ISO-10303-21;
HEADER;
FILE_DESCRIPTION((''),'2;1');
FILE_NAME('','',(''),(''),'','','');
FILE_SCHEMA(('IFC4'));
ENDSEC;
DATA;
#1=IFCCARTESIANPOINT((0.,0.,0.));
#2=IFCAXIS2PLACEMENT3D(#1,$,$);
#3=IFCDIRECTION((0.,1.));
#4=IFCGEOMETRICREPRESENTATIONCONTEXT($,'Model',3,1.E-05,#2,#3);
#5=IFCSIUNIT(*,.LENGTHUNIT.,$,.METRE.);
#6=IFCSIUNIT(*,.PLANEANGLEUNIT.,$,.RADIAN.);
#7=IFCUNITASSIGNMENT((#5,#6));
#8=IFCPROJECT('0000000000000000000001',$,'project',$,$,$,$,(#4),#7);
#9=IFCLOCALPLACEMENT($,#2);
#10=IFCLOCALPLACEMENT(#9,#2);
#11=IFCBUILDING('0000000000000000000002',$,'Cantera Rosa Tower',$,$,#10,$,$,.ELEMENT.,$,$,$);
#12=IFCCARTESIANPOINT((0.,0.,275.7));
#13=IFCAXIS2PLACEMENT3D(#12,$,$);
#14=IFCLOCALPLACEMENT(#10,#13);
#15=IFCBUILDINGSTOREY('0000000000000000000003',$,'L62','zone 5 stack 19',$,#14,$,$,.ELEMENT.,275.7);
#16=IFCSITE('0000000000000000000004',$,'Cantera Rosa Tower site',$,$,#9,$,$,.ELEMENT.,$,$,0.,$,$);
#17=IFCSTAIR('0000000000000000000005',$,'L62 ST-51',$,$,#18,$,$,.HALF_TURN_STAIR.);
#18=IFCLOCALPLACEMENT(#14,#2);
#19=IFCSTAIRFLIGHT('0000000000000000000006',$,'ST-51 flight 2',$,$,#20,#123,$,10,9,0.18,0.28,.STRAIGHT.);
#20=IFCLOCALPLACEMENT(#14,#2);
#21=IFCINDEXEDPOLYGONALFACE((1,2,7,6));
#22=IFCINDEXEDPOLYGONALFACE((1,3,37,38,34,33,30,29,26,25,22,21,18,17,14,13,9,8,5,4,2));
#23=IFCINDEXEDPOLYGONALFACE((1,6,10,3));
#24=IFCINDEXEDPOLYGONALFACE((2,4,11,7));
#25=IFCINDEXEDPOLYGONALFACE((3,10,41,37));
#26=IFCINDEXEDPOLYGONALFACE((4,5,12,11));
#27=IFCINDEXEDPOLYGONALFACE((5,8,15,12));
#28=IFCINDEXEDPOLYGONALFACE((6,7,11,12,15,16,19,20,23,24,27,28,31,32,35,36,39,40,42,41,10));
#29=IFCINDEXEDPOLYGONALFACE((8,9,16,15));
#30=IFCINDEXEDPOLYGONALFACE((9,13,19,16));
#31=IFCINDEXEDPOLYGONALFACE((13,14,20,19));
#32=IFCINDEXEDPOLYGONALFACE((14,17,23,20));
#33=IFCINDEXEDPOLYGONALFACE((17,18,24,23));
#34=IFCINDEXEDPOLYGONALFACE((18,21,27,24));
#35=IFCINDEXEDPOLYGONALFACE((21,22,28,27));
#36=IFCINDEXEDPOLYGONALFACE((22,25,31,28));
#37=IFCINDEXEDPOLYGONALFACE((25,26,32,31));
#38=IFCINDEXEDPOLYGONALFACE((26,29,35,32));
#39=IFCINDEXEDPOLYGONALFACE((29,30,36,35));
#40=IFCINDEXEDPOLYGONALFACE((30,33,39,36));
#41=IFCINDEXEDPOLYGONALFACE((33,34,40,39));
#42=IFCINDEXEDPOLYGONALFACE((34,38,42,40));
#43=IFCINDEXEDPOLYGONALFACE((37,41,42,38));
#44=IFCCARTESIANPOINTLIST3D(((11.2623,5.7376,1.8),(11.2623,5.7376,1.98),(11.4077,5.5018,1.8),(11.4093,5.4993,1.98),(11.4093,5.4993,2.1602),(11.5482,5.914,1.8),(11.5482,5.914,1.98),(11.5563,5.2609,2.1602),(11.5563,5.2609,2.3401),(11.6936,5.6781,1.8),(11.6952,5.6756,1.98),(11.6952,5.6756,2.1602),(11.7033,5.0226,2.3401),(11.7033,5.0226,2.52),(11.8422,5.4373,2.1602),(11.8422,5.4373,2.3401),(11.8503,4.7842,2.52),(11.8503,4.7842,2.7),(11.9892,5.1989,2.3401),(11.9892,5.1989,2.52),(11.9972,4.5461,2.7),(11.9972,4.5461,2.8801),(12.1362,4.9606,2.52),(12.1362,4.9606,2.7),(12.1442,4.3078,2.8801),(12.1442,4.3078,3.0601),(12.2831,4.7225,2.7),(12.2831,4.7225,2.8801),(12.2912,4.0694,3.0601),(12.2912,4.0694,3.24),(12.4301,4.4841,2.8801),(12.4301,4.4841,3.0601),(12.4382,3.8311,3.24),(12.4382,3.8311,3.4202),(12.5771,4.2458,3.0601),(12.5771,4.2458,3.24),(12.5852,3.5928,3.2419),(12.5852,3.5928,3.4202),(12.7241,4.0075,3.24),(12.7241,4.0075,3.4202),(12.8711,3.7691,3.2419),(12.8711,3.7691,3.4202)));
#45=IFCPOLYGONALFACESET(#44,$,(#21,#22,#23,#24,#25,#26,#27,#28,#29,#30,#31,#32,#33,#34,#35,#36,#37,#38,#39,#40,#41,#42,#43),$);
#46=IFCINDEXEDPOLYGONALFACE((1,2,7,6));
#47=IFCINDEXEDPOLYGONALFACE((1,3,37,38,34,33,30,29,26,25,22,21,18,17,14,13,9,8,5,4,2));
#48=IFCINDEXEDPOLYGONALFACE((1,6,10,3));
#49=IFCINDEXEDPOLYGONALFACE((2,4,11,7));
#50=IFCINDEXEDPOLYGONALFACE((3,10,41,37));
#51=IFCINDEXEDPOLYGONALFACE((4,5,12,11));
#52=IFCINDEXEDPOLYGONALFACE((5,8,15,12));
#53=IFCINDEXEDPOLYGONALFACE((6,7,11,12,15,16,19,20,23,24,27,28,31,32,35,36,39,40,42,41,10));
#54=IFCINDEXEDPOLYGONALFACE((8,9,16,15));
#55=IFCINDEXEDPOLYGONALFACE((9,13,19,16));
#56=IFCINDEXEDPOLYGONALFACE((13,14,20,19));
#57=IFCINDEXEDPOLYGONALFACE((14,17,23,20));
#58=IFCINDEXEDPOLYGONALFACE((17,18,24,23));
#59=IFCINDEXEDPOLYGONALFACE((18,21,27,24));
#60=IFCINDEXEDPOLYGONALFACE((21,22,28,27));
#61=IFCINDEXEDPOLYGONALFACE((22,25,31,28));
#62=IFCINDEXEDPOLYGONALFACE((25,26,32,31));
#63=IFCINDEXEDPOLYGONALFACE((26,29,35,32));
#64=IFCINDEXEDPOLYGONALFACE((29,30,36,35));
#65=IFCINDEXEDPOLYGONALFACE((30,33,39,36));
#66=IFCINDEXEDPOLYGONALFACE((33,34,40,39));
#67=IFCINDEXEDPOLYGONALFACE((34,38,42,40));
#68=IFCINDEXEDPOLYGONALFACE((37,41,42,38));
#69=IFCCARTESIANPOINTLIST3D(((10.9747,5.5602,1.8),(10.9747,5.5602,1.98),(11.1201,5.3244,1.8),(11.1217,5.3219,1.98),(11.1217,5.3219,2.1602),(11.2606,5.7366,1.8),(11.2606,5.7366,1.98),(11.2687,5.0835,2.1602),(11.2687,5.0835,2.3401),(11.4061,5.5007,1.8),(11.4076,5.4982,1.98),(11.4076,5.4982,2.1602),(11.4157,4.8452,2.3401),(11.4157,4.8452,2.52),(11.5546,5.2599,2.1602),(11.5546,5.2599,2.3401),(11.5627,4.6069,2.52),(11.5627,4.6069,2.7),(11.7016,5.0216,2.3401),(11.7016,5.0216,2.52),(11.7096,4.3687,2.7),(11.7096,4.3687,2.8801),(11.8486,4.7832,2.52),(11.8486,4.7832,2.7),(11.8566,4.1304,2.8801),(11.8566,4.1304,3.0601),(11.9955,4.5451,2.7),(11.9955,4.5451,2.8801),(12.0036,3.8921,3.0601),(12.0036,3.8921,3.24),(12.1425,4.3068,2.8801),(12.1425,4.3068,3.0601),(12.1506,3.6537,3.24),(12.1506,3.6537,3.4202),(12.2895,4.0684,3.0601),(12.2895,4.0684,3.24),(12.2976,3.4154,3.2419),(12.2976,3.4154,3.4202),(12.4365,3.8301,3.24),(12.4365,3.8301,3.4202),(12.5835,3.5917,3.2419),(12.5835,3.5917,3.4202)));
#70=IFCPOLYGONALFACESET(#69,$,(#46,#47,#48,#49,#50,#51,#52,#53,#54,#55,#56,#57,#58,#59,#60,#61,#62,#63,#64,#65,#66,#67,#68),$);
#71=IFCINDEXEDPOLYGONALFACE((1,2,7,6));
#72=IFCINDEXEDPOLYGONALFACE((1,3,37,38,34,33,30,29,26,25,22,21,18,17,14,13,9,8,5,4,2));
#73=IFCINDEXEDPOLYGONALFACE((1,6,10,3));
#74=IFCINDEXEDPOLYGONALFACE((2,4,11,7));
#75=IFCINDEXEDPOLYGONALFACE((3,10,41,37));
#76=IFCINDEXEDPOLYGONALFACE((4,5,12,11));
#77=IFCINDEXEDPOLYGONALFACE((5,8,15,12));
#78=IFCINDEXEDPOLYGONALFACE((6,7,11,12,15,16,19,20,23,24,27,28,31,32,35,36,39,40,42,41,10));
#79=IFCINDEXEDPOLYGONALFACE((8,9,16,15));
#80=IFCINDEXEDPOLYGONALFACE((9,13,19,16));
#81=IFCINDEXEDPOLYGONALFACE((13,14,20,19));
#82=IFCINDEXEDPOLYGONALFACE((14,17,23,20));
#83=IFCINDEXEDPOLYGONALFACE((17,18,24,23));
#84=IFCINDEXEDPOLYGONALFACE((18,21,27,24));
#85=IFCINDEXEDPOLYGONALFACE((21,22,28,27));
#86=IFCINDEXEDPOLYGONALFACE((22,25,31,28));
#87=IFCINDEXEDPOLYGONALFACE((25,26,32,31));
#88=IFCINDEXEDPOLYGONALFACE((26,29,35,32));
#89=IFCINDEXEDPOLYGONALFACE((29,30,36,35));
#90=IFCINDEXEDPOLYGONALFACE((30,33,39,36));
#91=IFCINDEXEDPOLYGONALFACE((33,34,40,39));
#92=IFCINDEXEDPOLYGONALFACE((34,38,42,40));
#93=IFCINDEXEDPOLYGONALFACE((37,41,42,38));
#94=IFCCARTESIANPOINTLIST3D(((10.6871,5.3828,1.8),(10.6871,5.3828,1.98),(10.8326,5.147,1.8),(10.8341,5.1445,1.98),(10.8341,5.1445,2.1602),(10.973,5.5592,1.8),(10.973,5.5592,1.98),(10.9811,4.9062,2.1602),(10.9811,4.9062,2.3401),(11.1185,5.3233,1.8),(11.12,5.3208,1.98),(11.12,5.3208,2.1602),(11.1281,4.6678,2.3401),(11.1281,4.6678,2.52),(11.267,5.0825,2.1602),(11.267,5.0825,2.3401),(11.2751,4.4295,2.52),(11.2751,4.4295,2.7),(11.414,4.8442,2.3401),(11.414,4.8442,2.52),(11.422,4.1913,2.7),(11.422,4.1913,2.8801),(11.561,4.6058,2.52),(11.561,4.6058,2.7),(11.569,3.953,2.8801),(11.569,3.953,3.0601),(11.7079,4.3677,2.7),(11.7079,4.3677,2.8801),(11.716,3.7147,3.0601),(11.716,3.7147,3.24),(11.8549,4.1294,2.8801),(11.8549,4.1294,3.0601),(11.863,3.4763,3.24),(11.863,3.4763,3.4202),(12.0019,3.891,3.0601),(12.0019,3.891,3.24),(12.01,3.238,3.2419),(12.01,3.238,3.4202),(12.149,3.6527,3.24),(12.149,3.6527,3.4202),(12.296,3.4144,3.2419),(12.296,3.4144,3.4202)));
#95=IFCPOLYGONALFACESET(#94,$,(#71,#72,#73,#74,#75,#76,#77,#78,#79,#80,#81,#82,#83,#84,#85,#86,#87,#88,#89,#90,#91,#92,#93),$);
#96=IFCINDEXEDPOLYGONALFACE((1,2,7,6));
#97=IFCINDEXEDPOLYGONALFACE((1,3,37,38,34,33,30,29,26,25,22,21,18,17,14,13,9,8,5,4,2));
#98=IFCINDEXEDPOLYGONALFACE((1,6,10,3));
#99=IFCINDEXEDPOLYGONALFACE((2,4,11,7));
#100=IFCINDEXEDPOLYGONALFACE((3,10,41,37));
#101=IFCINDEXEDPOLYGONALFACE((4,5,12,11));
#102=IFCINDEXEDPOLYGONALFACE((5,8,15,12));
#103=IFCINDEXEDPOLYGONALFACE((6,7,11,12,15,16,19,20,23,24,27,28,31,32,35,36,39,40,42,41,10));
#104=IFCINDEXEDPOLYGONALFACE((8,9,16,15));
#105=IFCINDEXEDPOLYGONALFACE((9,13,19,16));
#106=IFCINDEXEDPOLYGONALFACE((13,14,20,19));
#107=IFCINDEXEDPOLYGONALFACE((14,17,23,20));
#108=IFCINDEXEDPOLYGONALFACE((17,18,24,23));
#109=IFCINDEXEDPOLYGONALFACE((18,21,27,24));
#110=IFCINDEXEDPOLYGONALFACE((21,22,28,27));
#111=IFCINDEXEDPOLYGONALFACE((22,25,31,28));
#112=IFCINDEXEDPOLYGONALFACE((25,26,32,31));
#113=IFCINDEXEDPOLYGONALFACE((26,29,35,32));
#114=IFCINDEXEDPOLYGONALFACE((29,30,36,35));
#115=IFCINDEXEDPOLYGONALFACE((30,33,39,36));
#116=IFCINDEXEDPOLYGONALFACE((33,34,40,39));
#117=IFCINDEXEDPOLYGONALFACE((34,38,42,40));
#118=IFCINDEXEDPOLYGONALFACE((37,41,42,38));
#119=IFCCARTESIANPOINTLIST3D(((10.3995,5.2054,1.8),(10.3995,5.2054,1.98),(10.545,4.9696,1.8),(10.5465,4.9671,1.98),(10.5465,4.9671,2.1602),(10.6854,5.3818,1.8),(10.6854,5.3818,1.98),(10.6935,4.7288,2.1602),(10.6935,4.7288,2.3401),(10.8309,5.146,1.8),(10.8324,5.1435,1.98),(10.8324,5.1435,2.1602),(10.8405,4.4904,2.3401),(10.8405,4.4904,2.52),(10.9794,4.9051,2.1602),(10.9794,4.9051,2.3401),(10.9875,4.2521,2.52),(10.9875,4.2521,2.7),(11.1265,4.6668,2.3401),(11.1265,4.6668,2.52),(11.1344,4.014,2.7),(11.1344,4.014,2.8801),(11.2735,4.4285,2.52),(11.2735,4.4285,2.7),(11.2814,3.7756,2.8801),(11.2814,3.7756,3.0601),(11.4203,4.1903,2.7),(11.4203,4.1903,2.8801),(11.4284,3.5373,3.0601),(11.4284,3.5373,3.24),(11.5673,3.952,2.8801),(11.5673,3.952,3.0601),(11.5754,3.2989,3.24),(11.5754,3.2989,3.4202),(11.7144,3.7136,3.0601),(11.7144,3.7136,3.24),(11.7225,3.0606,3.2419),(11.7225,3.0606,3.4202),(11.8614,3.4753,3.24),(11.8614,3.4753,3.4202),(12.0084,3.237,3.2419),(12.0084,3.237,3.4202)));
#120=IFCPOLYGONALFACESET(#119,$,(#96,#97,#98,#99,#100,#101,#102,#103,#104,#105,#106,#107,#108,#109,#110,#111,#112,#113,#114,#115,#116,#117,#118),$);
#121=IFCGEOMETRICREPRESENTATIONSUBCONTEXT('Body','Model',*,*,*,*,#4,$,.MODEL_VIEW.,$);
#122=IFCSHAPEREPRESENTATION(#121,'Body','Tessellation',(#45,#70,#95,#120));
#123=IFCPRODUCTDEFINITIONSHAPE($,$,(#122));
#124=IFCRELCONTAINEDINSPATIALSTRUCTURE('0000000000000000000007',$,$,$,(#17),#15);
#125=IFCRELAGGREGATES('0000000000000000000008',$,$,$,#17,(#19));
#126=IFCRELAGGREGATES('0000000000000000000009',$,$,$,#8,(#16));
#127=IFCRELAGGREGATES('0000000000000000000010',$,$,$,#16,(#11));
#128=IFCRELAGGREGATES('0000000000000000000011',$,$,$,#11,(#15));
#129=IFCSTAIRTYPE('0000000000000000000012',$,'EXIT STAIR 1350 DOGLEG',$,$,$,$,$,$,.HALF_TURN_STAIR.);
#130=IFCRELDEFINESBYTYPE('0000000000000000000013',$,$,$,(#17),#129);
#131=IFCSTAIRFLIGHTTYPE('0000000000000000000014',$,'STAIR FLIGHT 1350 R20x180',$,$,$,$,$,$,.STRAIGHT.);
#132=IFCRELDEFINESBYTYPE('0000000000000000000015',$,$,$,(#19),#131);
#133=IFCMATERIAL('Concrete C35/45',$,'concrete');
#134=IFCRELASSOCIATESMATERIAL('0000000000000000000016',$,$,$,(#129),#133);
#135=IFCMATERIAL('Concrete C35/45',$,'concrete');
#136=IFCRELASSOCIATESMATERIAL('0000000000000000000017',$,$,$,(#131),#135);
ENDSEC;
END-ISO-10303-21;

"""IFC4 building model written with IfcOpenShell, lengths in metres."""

from ifc_helpers import new_model, si_unit, direction, frame, origin, place, context, subcontext, project, spatial, polyline, outline, extrude, material, type_object, element, aggregate, save


model = new_model("IFC4")

# Units and contexts
model_context = context("Model", 3, precision=1e-05, world=origin(), true_north=direction((0.0, 1.0)))
body_context = subcontext(model_context, "Body", "Model", "MODEL_VIEW")
ifc_project = project(units=[si_unit("LENGTHUNIT", "METRE"), si_unit("PLANEANGLEUNIT", "RADIAN")], contexts=[model_context])

# Site, building, storey
site_placement = place(None, origin())
site = spatial("IfcSite", under=ifc_project, at=site_placement, Name="Cantera Rosa Tower site", CompositionType="ELEMENT", RefElevation=0.0)
building_placement = place(site_placement, origin())
building = spatial("IfcBuilding", under=site, at=building_placement, Name="Cantera Rosa Tower", CompositionType="ELEMENT")
storey_placement = place(building_placement, frame((0.0, 0.0, 275.7)))
storey = spatial("IfcBuildingStorey", under=building, at=storey_placement, Name="L62", Description="zone 5 stack 19", CompositionType="ELEMENT", Elevation=275.7)

# Stair, stair flight
ifc_material_1 = material(Name="Concrete C35/45", Category="concrete")
stair_type = type_object("IfcStairType", Name="EXIT STAIR 1350 DOGLEG", PredefinedType="HALF_TURN_STAIR", material=ifc_material_1)
stair_placement = place(storey_placement, origin())
stair = element("IfcStair", 1, at=stair_placement, inside=storey, type_object=stair_type, Name="L62 ST-51", PredefinedType="HALF_TURN_STAIR")
ifc_material_2 = material(Name="Concrete C35/45", Category="concrete")
stair_flight_type = type_object("IfcStairFlightType", Name="STAIR FLIGHT 1350 R20x180", PredefinedType="STRAIGHT", material=ifc_material_2)
stair_flight_1_placement = place(storey_placement, frame((10.9736, 5.5596, 1.8), z_axis=(0.0, 0.0, 1.0), x_axis=(0.524977, -0.851117, 0.0)))
stair_flight_1 = element("IfcStairFlight", 2, at=stair_flight_1_placement, type_object=stair_flight_type, Name="ST-51 flight 2", NumberOfRisers=10, NumberOfTreads=9, PredefinedType="STRAIGHT", RiserHeight=0.18, TreadLength=0.28, context=body_context, shape_type="SweptSolid", body=[
    extrude(outline(polyline([(0.0, 0.0), (0.0, 0.1799), (0.28, 0.1799), (0.28, 0.3601), (0.5601, 0.3601), (0.5601, 0.54), (0.8401, 0.54), (0.8401, 0.72), (1.1201, 0.72), (1.1201, 0.8999), (1.3999, 0.8999), (1.3999, 1.0801), (1.6799, 1.0801), (1.6799, 1.26), (1.96, 1.26), (1.96, 1.4399), (2.24, 1.4399), (2.24, 1.6201), (2.52, 1.6201), (2.52, 1.8), (2.52, 1.4419), (0.2771, 0.0), (0.0, 0.0)])), frame((0.0, 0.675, 0.0), z_axis=(0.0, -1.0, 0.0), x_axis=(1.0, 0.0, 0.0)), (0.0, 0.0, 1.0), 0.3359),
    extrude(outline(polyline([(0.0, 0.0), (0.0, 0.1799), (0.28, 0.1799), (0.28, 0.3601), (0.5601, 0.3601), (0.5601, 0.54), (0.8401, 0.54), (0.8401, 0.72), (1.1201, 0.72), (1.1201, 0.8999), (1.3999, 0.8999), (1.3999, 1.0801), (1.6799, 1.0801), (1.6799, 1.26), (1.96, 1.26), (1.96, 1.4399), (2.24, 1.4399), (2.24, 1.6201), (2.52, 1.6201), (2.52, 1.8), (2.52, 1.4419), (0.2771, 0.0), (0.0, 0.0)])), frame((0.0, 0.3372, 0.0), z_axis=(0.0, -1.0, 0.0), x_axis=(1.0, 0.0, 0.0)), (0.0, 0.0, 1.0), 0.3359),
    extrude(outline(polyline([(0.0, 0.0), (0.0, 0.1799), (0.28, 0.1799), (0.28, 0.3601), (0.5601, 0.3601), (0.5601, 0.54), (0.8401, 0.54), (0.8401, 0.72), (1.1201, 0.72), (1.1201, 0.8999), (1.3999, 0.8999), (1.3999, 1.0801), (1.6799, 1.0801), (1.6799, 1.26), (1.96, 1.26), (1.96, 1.4399), (2.24, 1.4399), (2.24, 1.6201), (2.52, 1.6201), (2.52, 1.8), (2.52, 1.4419), (0.2771, 0.0), (0.0, 0.0)])), frame((0.0, -0.0007, 0.0), z_axis=(0.0, -1.0, 0.0), x_axis=(1.0, 0.0, 0.0)), (0.0, 0.0, 1.0), 0.3359),
    extrude(outline(polyline([(0.0, 0.0), (0.0, 0.1799), (0.28, 0.1799), (0.28, 0.3601), (0.5601, 0.3601), (0.5601, 0.54), (0.8401, 0.54), (0.8401, 0.72), (1.1201, 0.72), (1.1201, 0.8999), (1.3999, 0.8999), (1.3999, 1.0801), (1.6799, 1.0801), (1.6799, 1.26), (1.96, 1.26), (1.96, 1.4399), (2.24, 1.4399), (2.24, 1.6201), (2.52, 1.6201), (2.52, 1.8), (2.52, 1.4419), (0.2771, 0.0), (0.0, 0.0)])), frame((0.0, -0.3386, 0.0), z_axis=(0.0, -1.0, 0.0), x_axis=(1.0, 0.0, 0.0)), (0.0, 0.0, 1.0), 0.3359),
])
aggregate(stair, [stair_flight_1])

save(model, "model.ifc")
